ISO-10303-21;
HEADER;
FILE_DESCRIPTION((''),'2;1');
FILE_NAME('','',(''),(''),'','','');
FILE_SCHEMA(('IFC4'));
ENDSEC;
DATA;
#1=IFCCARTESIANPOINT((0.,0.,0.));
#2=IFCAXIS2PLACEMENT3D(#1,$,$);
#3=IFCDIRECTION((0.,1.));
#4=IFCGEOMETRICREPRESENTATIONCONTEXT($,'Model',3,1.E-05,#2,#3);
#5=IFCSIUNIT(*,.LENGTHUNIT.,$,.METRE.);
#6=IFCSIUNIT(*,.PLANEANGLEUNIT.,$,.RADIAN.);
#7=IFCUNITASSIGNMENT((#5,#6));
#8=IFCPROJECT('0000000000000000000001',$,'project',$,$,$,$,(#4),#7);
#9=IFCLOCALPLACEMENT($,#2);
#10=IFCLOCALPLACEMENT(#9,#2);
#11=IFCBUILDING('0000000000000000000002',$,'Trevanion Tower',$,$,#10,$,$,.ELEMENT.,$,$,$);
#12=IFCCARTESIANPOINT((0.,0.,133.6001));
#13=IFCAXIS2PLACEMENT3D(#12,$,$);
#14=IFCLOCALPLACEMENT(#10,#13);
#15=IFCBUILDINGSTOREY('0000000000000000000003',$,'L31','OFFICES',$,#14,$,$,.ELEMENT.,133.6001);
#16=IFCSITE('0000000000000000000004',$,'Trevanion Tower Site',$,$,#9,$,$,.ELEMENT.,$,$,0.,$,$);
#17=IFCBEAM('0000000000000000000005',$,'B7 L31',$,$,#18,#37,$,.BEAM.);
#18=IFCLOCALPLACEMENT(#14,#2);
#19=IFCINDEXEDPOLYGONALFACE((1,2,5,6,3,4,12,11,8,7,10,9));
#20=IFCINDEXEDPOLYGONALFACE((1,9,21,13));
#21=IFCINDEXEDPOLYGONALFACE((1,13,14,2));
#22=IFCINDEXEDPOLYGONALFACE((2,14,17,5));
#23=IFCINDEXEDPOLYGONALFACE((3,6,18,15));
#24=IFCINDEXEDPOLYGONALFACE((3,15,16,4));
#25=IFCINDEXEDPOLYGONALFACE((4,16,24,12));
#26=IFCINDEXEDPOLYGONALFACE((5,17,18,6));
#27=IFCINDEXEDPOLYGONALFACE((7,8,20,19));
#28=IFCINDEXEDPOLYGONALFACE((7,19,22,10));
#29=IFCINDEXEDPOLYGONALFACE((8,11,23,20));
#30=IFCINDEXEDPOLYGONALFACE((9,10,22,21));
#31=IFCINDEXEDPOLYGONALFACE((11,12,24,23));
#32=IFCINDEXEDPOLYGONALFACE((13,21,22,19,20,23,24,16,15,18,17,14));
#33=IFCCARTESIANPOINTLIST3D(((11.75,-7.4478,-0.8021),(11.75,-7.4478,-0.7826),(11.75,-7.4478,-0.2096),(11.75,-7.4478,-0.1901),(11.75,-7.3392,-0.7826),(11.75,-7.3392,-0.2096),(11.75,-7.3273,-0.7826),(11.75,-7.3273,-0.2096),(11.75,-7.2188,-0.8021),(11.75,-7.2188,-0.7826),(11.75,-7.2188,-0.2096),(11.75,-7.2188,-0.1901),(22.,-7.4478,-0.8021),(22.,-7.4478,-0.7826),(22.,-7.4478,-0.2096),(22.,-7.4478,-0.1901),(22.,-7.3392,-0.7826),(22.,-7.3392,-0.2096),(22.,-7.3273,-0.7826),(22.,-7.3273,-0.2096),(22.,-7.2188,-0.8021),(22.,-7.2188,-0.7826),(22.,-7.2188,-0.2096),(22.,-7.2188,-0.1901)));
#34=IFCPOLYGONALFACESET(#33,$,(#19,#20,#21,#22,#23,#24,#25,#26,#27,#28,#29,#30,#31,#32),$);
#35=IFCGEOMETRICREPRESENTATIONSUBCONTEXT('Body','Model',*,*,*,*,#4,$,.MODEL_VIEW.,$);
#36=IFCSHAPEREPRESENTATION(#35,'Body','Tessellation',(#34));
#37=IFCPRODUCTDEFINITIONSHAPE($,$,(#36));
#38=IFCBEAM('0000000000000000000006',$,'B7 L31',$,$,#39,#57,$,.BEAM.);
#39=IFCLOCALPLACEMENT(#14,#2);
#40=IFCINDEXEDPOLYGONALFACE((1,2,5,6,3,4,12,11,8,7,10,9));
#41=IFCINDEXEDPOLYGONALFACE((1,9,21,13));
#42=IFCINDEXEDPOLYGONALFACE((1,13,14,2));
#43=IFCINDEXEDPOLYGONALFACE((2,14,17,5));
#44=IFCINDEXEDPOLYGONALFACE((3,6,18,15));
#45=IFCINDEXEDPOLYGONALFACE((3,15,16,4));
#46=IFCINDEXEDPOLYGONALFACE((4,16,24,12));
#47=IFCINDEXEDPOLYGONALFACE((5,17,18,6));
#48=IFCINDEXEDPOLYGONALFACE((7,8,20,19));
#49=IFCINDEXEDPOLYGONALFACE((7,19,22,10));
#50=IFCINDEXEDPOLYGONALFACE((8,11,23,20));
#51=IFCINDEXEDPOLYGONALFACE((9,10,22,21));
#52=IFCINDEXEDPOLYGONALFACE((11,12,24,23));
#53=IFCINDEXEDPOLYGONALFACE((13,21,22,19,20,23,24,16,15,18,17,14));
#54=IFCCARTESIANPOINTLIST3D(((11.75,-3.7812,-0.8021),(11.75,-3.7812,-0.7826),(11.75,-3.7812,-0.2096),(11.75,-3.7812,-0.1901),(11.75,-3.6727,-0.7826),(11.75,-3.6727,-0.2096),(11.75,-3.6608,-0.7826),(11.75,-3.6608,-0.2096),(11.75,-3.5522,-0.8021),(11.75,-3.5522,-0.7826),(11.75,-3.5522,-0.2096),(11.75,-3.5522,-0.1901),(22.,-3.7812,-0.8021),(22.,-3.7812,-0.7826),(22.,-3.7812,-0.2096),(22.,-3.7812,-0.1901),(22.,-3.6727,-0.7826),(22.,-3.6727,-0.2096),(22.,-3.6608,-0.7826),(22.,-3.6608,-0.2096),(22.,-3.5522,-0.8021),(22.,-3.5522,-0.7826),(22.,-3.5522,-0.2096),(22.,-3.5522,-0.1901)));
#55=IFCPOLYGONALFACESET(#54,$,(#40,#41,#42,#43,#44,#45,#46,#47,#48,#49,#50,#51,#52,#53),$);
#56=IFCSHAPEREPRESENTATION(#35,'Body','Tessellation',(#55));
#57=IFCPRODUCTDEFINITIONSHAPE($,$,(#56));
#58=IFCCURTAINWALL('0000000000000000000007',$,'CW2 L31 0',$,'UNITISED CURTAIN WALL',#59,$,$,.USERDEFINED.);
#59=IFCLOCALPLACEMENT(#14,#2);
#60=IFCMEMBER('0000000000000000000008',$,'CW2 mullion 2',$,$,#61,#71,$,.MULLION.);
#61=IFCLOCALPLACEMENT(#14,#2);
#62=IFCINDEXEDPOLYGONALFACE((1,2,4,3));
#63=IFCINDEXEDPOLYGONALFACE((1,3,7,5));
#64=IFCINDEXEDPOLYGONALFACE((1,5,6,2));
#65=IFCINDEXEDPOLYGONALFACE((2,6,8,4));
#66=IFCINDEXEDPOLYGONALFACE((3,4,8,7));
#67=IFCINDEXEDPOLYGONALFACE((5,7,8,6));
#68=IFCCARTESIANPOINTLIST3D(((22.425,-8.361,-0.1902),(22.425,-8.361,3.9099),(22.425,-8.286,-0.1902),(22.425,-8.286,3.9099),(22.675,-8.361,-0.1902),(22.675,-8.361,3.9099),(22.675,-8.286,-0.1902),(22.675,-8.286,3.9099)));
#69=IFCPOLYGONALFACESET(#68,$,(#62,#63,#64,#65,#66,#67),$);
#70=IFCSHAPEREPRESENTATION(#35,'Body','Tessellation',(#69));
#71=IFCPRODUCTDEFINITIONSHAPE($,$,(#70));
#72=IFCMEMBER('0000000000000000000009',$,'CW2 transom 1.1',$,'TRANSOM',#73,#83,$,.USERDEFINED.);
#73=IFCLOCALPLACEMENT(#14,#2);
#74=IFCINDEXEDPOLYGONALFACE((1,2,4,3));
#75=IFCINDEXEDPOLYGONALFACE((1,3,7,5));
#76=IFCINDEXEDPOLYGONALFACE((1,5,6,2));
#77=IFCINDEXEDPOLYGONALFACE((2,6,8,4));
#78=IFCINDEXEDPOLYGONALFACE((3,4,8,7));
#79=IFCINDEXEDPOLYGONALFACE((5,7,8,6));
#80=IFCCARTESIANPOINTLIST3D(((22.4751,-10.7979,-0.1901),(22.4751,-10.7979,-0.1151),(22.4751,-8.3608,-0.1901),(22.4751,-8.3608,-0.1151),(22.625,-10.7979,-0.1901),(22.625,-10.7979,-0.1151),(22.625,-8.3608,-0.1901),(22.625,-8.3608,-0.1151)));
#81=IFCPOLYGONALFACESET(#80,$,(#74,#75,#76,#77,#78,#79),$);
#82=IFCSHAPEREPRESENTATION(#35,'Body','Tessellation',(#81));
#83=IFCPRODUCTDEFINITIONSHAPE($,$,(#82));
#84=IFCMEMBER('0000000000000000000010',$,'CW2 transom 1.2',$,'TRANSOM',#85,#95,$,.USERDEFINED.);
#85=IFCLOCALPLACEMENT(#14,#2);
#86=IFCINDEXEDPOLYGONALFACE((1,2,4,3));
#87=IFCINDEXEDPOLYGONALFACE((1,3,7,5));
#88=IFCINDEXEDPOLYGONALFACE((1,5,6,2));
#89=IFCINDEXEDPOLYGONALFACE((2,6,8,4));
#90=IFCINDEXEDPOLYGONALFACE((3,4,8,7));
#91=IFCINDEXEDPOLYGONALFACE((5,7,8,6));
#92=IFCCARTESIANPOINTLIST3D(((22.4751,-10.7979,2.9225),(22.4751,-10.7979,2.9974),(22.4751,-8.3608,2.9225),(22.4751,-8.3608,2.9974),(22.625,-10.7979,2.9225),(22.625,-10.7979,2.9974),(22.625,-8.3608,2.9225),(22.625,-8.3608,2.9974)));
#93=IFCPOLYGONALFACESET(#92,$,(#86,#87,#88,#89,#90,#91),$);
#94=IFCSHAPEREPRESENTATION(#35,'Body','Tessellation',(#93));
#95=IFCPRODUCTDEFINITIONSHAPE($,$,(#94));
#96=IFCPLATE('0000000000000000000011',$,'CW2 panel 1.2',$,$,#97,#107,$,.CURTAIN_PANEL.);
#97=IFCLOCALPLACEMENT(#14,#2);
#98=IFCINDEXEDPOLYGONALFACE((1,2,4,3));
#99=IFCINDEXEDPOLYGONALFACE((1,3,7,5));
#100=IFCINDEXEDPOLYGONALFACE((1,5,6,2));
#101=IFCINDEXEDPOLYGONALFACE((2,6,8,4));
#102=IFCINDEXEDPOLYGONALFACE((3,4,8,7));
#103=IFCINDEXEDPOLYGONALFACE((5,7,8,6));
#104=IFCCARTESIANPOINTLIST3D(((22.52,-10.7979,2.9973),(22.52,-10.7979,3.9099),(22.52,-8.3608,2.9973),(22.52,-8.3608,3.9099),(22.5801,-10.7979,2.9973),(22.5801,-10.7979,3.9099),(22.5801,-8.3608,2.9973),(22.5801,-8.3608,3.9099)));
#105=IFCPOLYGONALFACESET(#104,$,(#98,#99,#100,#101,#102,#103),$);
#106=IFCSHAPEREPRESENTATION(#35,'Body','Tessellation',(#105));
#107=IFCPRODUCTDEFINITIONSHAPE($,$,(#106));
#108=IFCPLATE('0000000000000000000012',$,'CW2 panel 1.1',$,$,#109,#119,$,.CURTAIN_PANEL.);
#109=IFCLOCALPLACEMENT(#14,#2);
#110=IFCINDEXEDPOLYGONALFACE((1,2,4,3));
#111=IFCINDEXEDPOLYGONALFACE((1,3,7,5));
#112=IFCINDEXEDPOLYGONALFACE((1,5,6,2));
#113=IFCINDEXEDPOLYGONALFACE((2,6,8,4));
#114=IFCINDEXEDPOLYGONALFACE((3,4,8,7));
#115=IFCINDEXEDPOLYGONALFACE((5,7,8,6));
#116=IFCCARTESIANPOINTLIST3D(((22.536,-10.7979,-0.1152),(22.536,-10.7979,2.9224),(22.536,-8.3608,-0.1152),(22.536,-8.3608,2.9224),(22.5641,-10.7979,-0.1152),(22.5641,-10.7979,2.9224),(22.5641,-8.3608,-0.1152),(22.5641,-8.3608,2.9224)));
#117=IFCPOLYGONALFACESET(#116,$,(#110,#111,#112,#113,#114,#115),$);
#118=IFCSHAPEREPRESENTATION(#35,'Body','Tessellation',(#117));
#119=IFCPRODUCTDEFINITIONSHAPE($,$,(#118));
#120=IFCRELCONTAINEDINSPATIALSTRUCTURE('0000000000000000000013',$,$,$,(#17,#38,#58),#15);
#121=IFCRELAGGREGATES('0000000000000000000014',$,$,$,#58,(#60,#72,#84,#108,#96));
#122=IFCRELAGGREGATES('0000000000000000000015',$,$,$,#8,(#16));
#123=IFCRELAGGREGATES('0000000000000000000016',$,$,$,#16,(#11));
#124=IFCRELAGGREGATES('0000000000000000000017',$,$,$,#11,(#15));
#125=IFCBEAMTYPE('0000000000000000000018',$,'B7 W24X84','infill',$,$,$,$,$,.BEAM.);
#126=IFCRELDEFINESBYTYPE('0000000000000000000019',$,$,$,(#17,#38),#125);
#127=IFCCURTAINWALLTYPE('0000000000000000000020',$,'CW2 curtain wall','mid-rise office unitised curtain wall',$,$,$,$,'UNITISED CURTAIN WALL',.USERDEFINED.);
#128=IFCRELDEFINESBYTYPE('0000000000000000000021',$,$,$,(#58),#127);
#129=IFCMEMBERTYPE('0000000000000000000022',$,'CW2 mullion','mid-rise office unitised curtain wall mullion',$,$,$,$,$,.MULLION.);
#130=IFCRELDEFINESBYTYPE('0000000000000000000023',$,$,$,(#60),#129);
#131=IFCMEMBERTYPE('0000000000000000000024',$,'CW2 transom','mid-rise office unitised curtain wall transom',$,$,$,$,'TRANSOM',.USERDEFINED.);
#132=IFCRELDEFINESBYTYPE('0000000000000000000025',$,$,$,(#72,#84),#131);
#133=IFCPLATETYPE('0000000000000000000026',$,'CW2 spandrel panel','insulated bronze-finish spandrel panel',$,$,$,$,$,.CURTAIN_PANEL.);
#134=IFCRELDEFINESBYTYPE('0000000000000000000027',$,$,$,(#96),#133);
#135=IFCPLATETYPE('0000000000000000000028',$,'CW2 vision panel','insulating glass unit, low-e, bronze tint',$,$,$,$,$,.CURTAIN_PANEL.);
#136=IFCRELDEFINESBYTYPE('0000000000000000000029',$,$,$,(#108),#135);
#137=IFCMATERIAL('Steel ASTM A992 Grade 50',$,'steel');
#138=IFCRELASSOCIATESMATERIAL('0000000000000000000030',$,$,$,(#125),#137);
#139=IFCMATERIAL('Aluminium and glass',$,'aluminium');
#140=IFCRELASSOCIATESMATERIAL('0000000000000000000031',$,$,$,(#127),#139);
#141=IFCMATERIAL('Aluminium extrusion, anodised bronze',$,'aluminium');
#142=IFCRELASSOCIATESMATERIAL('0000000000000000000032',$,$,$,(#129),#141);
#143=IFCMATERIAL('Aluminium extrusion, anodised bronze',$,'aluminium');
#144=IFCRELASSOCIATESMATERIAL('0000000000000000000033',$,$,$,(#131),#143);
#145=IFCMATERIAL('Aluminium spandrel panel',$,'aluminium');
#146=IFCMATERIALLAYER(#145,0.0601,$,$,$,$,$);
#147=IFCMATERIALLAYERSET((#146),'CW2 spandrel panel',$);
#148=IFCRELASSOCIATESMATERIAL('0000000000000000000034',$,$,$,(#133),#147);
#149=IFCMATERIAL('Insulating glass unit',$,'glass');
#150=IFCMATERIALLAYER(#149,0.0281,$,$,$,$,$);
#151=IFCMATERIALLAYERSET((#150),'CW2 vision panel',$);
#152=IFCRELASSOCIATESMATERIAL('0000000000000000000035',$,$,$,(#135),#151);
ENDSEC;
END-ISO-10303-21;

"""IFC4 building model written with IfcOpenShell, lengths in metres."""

from ifc_helpers import new_model, si_unit, direction, frame, origin, origin_2d, place, context, subcontext, project, spatial, rectangle, i_section, extrude, material, layer, layer_set, material_profile, profile_set, type_object, element, aggregate, save


model = new_model("IFC4")

# Units and contexts
model_context = context("Model", 3, precision=1e-05, world=origin(), true_north=direction((0.0, 1.0)))
body_context = subcontext(model_context, "Body", "Model", "MODEL_VIEW")
ifc_project = project(units=[si_unit("LENGTHUNIT", "METRE"), si_unit("PLANEANGLEUNIT", "RADIAN")], contexts=[model_context])

# Site, building, storey
site_placement = place(None, origin())
site = spatial("IfcSite", under=ifc_project, at=site_placement, Name="Trevanion Tower Site", CompositionType="ELEMENT", RefElevation=0.0)
building_placement = place(site_placement, origin())
building = spatial("IfcBuilding", under=site, at=building_placement, Name="Trevanion Tower", CompositionType="ELEMENT")
storey_placement = place(building_placement, frame((0.0, 0.0, 133.6001)))
storey = spatial("IfcBuildingStorey", under=building, at=storey_placement, Name="L31", Description="OFFICES", CompositionType="ELEMENT", Elevation=133.6001)

# Beams
ifc_material_1 = material(Name="Steel ASTM A992 Grade 50", Category="steel")
ifc_material_profile_1 = material_profile(ifc_material_1, i_section(OverallWidth=0.229, OverallDepth=0.6121, WebThickness=0.012, FlangeThickness=0.0195, at=origin_2d()), Name="W24X84")
ifc_profile_set_1 = profile_set([ifc_material_profile_1], Name="Steel ASTM A992 Grade 50")
beam_type = type_object("IfcBeamType", Name="B7 W24X84", Description="infill", PredefinedType="BEAM", material=ifc_profile_set_1)
for number, where, z_axis, x_axis, name in (
    (1, (11.75, -7.3333, -0.4961), (1.0, 0.0, 0.0), (0.0, 1.0, 0.0), "B7 L31"),
    (2, (11.75, -3.6667, -0.4961), (1.0, 0.0, 0.0), (0.0, 1.0, 0.0), "B7 L31"),
):
    element("IfcBeam", number, at=place(storey_placement, frame(where, z_axis=z_axis, x_axis=x_axis)), inside=storey, type_object=beam_type, Name=name, PredefinedType="BEAM", context=body_context, shape_type="SweptSolid", body=[
        extrude(i_section(OverallWidth=0.229, OverallDepth=0.6121, WebThickness=0.012, FlangeThickness=0.0195, at=origin_2d()), origin(), (0.0, 0.0, 1.0), 10.25),
    ])

# Curtain wall, members, plates
ifc_material_2 = material(Name="Aluminium and glass", Category="aluminium")
curtain_wall_type = type_object("IfcCurtainWallType", Name="CW2 curtain wall", Description="mid-rise office unitised curtain wall", ElementType="UNITISED CURTAIN WALL", PredefinedType="USERDEFINED", material=ifc_material_2)
curtain_wall_placement = place(storey_placement, origin())
curtain_wall = element("IfcCurtainWall", 3, at=curtain_wall_placement, inside=storey, type_object=curtain_wall_type, Name="CW2 L31 0", ObjectType="UNITISED CURTAIN WALL", PredefinedType="USERDEFINED")
ifc_material_3 = material(Name="Aluminium extrusion, anodised bronze", Category="aluminium")
ifc_material_profile_2 = material_profile(ifc_material_3, rectangle(XDim=0.075, YDim=0.25, at=origin_2d()), Name="CW2 mullion")
ifc_profile_set_2 = profile_set([ifc_material_profile_2], Name="Aluminium extrusion, anodised bronze")
member_type_1 = type_object("IfcMemberType", Name="CW2 mullion", Description="mid-rise office unitised curtain wall mullion", PredefinedType="MULLION", material=ifc_profile_set_2)
member_1_placement = place(storey_placement, frame((22.55, -8.3235, -0.1902), z_axis=(0.0, 0.0, 1.0), x_axis=(0.0, 1.0, 0.0)))
member_1 = element("IfcMember", 4, at=member_1_placement, type_object=member_type_1, Name="CW2 mullion 2", PredefinedType="MULLION", context=body_context, shape_type="SweptSolid", body=[
    extrude(rectangle(XDim=0.075, YDim=0.25, at=origin_2d()), origin(), (0.0, 0.0, 1.0), 4.1001),
])
ifc_material_4 = material(Name="Aluminium extrusion, anodised bronze", Category="aluminium")
ifc_material_profile_3 = material_profile(ifc_material_4, rectangle(XDim=0.1499, YDim=0.075, at=origin_2d()), Name="CW2 transom")
ifc_profile_set_3 = profile_set([ifc_material_profile_3], Name="Aluminium extrusion, anodised bronze")
member_type_2 = type_object("IfcMemberType", Name="CW2 transom", Description="mid-rise office unitised curtain wall transom", ElementType="TRANSOM", PredefinedType="USERDEFINED", material=ifc_profile_set_3)
member_2_placement = place(storey_placement, frame((22.55, -10.7979, -0.1526), z_axis=(0.0, 1.0, 0.0), x_axis=(-1.0, 0.0, 0.0)))
member_2 = element("IfcMember", 5, at=member_2_placement, type_object=member_type_2, Name="CW2 transom 1.1", ObjectType="TRANSOM", PredefinedType="USERDEFINED", context=body_context, shape_type="SweptSolid", body=[
    extrude(rectangle(XDim=0.1499, YDim=0.075, at=origin_2d()), origin(), (0.0, 0.0, 1.0), 2.437),
])
member_3_placement = place(storey_placement, frame((22.55, -10.7979, 2.96), z_axis=(0.0, 1.0, 0.0), x_axis=(-1.0, 0.0, 0.0)))
member_3 = element("IfcMember", 6, at=member_3_placement, type_object=member_type_2, Name="CW2 transom 1.2", ObjectType="TRANSOM", PredefinedType="USERDEFINED", context=body_context, shape_type="SweptSolid", body=[
    extrude(rectangle(XDim=0.1499, YDim=0.075, at=origin_2d()), origin(), (0.0, 0.0, 1.0), 2.437),
])
ifc_material_5 = material(Name="Aluminium spandrel panel", Category="aluminium")
ifc_layer_1 = layer(ifc_material_5, 0.0601)
ifc_layer_set_1 = layer_set([ifc_layer_1], Name="CW2 spandrel panel")
plate_type_1 = type_object("IfcPlateType", Name="CW2 spandrel panel", Description="insulated bronze-finish spandrel panel", PredefinedType="CURTAIN_PANEL", material=ifc_layer_set_1)
plate_1_placement = place(storey_placement, frame((22.55, -9.5793, 2.9973), z_axis=(0.0, 0.0, 1.0), x_axis=(0.0, 1.0, 0.0)))
plate_1 = element("IfcPlate", 7, at=plate_1_placement, type_object=plate_type_1, Name="CW2 panel 1.2", PredefinedType="CURTAIN_PANEL", context=body_context, shape_type="SweptSolid", body=[
    extrude(rectangle(XDim=2.437, YDim=0.0601, at=origin_2d()), origin(), (0.0, 0.0, 1.0), 0.9126),
])
ifc_material_6 = material(Name="Insulating glass unit", Category="glass")
ifc_layer_2 = layer(ifc_material_6, 0.0281)
ifc_layer_set_2 = layer_set([ifc_layer_2], Name="CW2 vision panel")
plate_type_2 = type_object("IfcPlateType", Name="CW2 vision panel", Description="insulating glass unit, low-e, bronze tint", PredefinedType="CURTAIN_PANEL", material=ifc_layer_set_2)
plate_2_placement = place(storey_placement, frame((22.55, -9.5793, -0.1152), z_axis=(0.0, 0.0, 1.0), x_axis=(0.0, 1.0, 0.0)))
plate_2 = element("IfcPlate", 8, at=plate_2_placement, type_object=plate_type_2, Name="CW2 panel 1.1", PredefinedType="CURTAIN_PANEL", context=body_context, shape_type="SweptSolid", body=[
    extrude(rectangle(XDim=2.437, YDim=0.0281, at=origin_2d()), origin(), (0.0, 0.0, 1.0), 3.0376),
])
aggregate(curtain_wall, [member_1, member_2, member_3, plate_2, plate_1])

save(model, "model.ifc")
